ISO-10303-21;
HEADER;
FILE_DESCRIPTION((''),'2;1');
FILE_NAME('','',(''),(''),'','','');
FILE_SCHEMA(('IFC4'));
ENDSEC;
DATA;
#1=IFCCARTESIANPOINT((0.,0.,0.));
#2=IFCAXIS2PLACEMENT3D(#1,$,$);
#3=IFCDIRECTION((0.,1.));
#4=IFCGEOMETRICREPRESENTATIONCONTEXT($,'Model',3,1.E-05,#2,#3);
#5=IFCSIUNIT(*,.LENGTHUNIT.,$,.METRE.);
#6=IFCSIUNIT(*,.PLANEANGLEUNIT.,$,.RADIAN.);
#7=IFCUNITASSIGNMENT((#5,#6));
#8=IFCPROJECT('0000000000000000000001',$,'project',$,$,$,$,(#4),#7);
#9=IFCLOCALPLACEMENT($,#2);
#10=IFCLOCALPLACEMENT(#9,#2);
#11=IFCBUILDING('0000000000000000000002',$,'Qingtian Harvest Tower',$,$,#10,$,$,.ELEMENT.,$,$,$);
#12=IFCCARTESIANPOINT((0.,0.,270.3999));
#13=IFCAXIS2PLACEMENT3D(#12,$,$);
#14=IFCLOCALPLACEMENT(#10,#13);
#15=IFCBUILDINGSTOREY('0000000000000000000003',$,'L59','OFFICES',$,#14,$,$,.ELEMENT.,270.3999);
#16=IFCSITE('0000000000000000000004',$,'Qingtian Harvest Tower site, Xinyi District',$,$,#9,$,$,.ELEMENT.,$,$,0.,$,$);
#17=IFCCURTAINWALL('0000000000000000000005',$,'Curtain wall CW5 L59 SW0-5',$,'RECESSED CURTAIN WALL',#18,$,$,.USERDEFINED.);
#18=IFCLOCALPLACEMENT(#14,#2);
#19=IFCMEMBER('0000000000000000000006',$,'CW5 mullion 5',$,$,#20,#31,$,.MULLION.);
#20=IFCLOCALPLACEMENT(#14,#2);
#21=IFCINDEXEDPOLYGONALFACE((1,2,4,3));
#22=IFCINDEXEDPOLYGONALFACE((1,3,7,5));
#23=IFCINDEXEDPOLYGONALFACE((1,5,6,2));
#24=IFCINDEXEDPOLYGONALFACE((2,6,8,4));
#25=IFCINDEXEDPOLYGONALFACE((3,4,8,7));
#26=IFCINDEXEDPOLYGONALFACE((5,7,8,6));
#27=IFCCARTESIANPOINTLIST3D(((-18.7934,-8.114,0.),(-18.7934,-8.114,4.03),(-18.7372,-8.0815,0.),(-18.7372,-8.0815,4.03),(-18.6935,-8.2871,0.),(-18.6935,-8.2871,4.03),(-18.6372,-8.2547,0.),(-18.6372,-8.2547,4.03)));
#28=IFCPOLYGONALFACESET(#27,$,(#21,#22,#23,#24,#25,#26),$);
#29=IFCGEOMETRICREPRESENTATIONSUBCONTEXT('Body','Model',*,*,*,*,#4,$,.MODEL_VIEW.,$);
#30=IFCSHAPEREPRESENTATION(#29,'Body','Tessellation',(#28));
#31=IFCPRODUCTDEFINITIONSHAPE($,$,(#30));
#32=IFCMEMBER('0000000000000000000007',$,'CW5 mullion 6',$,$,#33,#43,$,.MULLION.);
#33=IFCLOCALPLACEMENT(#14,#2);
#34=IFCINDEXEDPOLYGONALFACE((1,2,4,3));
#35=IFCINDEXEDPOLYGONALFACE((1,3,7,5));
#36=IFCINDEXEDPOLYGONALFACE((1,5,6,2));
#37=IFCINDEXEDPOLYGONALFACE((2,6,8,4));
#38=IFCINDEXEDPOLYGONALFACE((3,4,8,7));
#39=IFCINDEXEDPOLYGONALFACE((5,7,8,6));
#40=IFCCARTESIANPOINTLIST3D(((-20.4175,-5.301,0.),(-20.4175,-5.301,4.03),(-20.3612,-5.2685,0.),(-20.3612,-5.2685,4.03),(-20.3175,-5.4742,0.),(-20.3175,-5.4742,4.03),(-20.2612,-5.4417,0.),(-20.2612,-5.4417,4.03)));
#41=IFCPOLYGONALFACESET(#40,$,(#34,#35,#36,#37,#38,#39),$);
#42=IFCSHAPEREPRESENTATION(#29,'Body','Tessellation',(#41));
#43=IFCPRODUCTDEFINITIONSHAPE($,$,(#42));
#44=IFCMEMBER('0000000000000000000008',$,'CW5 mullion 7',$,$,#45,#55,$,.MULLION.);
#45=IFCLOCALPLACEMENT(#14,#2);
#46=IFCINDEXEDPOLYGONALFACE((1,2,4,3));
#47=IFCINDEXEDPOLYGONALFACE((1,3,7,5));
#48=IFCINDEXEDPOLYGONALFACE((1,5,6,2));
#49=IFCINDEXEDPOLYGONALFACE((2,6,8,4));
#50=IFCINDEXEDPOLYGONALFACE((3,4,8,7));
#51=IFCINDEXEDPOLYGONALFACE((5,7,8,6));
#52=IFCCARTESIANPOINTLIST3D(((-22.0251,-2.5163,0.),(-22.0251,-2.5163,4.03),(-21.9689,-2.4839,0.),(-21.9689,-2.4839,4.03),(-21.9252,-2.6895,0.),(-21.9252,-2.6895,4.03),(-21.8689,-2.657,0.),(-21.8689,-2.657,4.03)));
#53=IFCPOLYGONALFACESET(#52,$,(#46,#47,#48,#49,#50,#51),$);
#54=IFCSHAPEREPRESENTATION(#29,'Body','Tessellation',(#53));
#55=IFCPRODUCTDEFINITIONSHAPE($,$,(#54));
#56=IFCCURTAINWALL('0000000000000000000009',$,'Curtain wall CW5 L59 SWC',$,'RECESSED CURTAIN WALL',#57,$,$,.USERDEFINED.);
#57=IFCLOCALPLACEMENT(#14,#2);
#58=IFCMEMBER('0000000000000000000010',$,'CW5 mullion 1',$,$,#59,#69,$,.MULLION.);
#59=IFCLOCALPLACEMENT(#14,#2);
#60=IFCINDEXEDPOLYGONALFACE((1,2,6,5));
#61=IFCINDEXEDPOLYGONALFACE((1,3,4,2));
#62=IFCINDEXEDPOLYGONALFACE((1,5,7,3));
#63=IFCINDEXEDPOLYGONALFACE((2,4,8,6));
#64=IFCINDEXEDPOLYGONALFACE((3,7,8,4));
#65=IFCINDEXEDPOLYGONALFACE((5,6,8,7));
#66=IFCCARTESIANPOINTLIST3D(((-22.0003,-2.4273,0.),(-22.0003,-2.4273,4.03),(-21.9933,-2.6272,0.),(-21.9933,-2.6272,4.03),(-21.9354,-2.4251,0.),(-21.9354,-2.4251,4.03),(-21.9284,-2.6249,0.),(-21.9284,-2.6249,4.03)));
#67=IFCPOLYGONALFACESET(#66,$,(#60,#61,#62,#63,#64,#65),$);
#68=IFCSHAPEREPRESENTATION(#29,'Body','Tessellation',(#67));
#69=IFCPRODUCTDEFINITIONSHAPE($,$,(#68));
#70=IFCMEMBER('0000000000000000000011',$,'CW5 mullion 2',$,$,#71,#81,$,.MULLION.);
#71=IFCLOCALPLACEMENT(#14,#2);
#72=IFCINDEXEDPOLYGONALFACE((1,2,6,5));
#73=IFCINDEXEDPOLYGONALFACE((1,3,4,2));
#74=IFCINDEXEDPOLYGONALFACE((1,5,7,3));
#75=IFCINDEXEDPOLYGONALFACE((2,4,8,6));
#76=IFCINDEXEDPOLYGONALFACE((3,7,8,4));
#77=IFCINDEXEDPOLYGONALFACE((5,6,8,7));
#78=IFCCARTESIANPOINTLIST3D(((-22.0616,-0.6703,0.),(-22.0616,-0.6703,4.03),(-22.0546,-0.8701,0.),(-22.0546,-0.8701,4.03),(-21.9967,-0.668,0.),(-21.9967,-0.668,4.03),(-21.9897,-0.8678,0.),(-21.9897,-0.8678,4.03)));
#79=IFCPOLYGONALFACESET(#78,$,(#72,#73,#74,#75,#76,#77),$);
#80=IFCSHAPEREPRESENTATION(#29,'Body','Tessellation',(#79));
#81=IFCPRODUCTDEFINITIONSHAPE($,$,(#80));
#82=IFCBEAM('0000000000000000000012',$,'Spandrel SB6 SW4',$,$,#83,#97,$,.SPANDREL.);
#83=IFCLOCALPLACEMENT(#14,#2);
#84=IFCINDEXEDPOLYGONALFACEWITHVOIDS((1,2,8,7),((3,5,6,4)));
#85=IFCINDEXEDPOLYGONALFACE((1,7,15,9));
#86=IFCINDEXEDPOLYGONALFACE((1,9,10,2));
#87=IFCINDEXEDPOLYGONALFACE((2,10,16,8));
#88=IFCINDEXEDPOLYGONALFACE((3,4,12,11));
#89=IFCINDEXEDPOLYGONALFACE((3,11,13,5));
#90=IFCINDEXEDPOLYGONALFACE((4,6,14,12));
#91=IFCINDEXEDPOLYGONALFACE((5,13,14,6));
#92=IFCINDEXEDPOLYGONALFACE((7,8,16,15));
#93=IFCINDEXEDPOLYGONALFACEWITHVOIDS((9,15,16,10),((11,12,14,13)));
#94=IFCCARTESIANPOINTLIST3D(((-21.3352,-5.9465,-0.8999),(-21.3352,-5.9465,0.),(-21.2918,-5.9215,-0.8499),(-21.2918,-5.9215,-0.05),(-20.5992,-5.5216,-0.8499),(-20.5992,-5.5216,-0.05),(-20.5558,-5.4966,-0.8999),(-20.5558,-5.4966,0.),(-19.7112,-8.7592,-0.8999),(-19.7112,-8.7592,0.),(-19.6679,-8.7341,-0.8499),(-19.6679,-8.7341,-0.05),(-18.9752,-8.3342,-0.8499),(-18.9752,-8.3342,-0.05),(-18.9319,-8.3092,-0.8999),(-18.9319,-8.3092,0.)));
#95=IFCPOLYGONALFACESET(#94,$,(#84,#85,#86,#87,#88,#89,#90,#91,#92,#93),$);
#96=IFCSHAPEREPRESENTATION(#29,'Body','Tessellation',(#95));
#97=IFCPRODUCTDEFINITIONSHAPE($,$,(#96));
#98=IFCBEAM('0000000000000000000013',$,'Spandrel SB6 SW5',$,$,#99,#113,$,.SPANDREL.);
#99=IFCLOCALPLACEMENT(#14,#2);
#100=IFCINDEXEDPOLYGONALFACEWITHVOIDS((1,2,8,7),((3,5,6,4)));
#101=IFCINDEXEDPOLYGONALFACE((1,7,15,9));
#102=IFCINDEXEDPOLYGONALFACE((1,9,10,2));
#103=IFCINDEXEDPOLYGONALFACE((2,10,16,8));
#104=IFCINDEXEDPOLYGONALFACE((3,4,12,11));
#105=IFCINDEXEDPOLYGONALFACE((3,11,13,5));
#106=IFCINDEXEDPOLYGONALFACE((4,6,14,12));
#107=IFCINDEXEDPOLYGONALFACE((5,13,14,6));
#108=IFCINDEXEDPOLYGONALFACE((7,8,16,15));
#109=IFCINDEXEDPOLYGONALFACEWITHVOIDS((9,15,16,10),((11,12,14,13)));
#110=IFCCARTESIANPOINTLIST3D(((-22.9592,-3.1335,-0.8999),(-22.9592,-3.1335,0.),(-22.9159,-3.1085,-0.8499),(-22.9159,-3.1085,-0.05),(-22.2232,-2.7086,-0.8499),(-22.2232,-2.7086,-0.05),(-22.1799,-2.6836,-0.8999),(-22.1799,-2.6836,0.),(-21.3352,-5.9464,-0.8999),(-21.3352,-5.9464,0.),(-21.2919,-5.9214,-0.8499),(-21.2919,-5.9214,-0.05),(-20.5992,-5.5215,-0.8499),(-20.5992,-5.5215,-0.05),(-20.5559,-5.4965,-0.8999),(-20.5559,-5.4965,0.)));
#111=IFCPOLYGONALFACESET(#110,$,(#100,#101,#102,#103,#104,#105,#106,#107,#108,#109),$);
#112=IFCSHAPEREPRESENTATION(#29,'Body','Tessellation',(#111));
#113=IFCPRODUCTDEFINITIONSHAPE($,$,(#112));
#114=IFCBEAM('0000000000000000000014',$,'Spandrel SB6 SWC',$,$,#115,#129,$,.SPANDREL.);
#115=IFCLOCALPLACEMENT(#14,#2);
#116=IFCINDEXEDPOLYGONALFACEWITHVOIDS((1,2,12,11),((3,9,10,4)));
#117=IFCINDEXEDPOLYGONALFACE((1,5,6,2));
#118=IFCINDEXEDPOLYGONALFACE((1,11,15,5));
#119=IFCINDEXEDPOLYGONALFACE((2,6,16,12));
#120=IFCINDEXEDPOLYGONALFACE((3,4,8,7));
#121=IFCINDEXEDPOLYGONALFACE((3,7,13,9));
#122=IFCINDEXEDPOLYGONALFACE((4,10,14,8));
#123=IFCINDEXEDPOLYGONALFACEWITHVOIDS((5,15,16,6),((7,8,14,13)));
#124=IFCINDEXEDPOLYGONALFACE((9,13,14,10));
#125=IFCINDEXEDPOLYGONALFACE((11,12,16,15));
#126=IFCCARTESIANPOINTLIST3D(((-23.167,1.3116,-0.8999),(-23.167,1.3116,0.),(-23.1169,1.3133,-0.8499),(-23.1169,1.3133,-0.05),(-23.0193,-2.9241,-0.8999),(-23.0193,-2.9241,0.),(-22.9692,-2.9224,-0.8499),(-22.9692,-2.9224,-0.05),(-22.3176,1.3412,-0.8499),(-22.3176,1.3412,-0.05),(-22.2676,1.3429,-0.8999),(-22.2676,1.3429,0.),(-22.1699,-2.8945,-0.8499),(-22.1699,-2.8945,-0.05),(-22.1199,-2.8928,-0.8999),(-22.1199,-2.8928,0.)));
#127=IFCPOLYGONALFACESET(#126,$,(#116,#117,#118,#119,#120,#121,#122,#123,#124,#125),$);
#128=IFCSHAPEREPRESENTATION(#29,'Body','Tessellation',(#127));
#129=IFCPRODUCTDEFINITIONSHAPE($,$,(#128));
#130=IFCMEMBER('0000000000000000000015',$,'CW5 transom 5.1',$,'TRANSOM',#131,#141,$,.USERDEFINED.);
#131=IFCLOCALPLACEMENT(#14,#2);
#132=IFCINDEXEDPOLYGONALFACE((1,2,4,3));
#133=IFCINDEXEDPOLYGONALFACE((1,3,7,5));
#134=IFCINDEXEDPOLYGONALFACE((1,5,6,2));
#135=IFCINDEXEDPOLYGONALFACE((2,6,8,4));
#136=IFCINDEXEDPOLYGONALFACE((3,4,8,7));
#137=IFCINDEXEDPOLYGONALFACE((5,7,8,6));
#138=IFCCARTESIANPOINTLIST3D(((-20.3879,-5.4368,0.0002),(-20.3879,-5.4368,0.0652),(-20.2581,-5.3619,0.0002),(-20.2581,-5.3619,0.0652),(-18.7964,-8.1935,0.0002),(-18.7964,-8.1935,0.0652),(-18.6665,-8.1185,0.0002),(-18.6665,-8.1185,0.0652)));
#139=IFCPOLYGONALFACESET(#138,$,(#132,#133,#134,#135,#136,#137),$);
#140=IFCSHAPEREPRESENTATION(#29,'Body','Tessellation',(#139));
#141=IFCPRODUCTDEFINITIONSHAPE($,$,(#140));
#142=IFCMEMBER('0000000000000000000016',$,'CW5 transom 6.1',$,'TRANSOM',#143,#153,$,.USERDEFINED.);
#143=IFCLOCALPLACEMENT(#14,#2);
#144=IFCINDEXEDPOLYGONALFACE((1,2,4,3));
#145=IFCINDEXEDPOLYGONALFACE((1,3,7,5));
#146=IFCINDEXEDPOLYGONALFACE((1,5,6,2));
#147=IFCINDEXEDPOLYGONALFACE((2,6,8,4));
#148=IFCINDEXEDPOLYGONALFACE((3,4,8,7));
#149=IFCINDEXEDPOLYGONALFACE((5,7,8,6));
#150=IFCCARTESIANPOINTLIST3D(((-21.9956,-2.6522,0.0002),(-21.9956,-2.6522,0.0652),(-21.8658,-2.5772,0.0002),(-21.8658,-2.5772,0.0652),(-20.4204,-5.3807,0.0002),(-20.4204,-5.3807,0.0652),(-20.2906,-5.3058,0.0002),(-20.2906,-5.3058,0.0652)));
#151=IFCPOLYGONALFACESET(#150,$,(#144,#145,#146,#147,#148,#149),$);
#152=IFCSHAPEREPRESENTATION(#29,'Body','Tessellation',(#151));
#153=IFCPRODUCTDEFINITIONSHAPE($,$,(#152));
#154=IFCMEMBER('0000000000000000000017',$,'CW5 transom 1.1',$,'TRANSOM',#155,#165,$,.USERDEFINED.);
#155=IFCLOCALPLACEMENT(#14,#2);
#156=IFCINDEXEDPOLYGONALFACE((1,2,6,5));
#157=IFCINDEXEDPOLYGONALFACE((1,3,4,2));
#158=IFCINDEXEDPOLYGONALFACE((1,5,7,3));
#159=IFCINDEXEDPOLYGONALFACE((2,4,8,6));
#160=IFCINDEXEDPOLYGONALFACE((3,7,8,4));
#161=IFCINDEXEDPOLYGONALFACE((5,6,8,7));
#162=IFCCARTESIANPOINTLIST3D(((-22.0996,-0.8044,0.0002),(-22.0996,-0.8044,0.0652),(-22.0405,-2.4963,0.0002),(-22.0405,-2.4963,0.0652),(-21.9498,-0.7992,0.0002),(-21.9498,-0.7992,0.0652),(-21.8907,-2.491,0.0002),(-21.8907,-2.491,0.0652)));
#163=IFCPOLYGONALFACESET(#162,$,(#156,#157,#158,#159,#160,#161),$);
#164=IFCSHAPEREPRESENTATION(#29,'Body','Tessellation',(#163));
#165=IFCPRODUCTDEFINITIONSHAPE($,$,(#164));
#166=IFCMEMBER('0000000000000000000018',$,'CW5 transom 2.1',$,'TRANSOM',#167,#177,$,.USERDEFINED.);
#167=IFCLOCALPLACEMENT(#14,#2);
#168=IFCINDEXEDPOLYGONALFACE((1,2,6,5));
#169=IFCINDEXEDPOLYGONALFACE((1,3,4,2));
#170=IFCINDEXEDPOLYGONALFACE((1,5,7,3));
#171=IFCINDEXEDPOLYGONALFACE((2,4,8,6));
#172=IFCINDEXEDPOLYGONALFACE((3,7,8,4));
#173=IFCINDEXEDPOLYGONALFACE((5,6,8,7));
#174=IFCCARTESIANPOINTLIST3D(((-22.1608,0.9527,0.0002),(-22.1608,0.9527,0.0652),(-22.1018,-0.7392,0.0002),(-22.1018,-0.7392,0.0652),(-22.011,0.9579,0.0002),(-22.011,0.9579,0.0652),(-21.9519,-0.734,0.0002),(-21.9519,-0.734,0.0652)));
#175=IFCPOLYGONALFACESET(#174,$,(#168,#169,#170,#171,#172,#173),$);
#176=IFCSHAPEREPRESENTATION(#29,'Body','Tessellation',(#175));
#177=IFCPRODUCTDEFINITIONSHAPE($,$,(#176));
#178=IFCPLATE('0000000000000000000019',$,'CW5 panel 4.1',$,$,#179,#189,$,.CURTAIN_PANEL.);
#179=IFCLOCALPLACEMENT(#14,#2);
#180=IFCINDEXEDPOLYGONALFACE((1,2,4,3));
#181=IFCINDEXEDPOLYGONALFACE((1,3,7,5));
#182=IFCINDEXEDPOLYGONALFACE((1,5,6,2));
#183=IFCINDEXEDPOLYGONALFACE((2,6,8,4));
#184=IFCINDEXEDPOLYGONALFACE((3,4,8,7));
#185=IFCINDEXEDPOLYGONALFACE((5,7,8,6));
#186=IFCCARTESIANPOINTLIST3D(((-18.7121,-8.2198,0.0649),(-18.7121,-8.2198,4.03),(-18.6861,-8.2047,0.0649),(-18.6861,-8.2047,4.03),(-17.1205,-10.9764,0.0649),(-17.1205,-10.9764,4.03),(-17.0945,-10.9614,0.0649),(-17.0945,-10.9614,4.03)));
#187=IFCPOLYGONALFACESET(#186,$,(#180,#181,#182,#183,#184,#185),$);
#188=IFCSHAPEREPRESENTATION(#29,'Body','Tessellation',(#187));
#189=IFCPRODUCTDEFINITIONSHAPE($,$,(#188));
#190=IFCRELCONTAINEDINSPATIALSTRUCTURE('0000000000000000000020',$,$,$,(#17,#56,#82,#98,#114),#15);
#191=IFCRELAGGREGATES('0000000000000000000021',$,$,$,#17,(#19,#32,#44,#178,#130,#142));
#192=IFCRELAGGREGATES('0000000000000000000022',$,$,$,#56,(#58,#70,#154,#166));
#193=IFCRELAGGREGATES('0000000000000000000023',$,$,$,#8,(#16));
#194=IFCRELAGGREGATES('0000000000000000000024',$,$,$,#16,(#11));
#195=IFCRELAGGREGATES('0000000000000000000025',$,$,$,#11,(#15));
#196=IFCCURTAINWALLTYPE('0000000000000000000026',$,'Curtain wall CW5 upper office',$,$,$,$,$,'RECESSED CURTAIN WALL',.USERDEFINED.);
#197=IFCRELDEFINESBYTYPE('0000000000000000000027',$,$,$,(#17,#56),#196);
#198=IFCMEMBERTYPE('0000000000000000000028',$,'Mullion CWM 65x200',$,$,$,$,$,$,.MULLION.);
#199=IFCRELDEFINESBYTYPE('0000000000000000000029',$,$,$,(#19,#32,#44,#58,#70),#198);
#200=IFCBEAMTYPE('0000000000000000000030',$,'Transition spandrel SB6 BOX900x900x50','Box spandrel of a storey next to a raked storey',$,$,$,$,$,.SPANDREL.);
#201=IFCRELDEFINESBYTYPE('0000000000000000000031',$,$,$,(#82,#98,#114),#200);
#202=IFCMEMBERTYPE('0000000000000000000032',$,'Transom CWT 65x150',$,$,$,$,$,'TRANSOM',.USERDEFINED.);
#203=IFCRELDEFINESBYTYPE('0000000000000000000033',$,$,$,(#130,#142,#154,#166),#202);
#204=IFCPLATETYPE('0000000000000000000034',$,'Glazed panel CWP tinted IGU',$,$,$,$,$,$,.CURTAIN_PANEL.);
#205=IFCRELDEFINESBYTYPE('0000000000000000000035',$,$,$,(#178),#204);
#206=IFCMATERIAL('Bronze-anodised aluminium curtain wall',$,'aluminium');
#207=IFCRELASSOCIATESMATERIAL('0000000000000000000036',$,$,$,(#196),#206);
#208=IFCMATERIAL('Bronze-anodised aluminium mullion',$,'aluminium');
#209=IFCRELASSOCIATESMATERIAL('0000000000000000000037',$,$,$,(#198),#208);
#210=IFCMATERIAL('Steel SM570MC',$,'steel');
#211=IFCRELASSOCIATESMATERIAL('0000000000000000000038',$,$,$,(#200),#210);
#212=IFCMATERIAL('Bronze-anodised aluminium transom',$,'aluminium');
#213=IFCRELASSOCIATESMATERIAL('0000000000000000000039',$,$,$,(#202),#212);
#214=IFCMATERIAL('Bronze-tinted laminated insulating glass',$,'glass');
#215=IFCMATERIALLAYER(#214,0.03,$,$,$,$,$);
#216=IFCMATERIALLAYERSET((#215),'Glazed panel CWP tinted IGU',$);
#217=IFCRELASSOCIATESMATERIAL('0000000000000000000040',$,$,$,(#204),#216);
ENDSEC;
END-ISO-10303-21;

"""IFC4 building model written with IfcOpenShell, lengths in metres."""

from ifc_helpers import new_model, si_unit, direction, frame, origin, origin_2d, place, context, subcontext, project, spatial, rectangle, hollow_rectangle, extrude, material, layer, layer_set, material_profile, profile_set, type_object, element, aggregate, save


model = new_model("IFC4")

# Units and contexts
model_context = context("Model", 3, precision=1e-05, world=origin(), true_north=direction((0.0, 1.0)))
body_context = subcontext(model_context, "Body", "Model", "MODEL_VIEW")
ifc_project = project(units=[si_unit("LENGTHUNIT", "METRE"), si_unit("PLANEANGLEUNIT", "RADIAN")], contexts=[model_context])

# Site, building, storey
site_placement = place(None, origin())
site = spatial("IfcSite", under=ifc_project, at=site_placement, Name="Qingtian Harvest Tower site, Xinyi District", CompositionType="ELEMENT", RefElevation=0.0)
building_placement = place(site_placement, origin())
building = spatial("IfcBuilding", under=site, at=building_placement, Name="Qingtian Harvest Tower", CompositionType="ELEMENT")
storey_placement = place(building_placement, frame((0.0, 0.0, 270.3999)))
storey = spatial("IfcBuildingStorey", under=building, at=storey_placement, Name="L59", Description="OFFICES", CompositionType="ELEMENT", Elevation=270.3999)

# Curtain walls, members
ifc_material_1 = material(Name="Bronze-anodised aluminium curtain wall", Category="aluminium")
curtain_wall_type = type_object("IfcCurtainWallType", Name="Curtain wall CW5 upper office", ElementType="RECESSED CURTAIN WALL", PredefinedType="USERDEFINED", material=ifc_material_1)
curtain_wall_1_placement = place(storey_placement, origin())
curtain_wall_1 = element("IfcCurtainWall", 1, at=curtain_wall_1_placement, inside=storey, type_object=curtain_wall_type, Name="Curtain wall CW5 L59 SW0-5", ObjectType="RECESSED CURTAIN WALL", PredefinedType="USERDEFINED")
ifc_material_2 = material(Name="Bronze-anodised aluminium mullion", Category="aluminium")
ifc_material_profile_1 = material_profile(ifc_material_2, rectangle(XDim=0.0649, YDim=0.2, at=origin_2d()), Name="AL 65x200")
ifc_profile_set_1 = profile_set([ifc_material_profile_1], Name="Bronze-anodised aluminium mullion")
member_type_1 = type_object("IfcMemberType", Name="Mullion CWM 65x200", PredefinedType="MULLION", material=ifc_profile_set_1)
member_1_placement = place(storey_placement, frame((-18.7153, -8.1843, 0.0), z_axis=(0.0, 0.0, 1.0), x_axis=(-0.866025, -0.5, 0.0)))
member_1 = element("IfcMember", 2, at=member_1_placement, type_object=member_type_1, Name="CW5 mullion 5", PredefinedType="MULLION", context=body_context, shape_type="SweptSolid", body=[
    extrude(rectangle(XDim=0.0649, YDim=0.2, at=origin_2d()), origin(), (0.0, 0.0, 1.0), 4.03),
])
member_2_placement = place(storey_placement, frame((-20.3394, -5.3713, 0.0), z_axis=(0.0, 0.0, 1.0), x_axis=(-0.866025, -0.5, 0.0)))
member_2 = element("IfcMember", 3, at=member_2_placement, type_object=member_type_1, Name="CW5 mullion 6", PredefinedType="MULLION", context=body_context, shape_type="SweptSolid", body=[
    extrude(rectangle(XDim=0.0649, YDim=0.2, at=origin_2d()), origin(), (0.0, 0.0, 1.0), 4.03),
])
member_3_placement = place(storey_placement, frame((-21.947, -2.5867, 0.0), z_axis=(0.0, 0.0, 1.0), x_axis=(-0.866025, -0.5, 0.0)))
member_3 = element("IfcMember", 4, at=member_3_placement, type_object=member_type_1, Name="CW5 mullion 7", PredefinedType="MULLION", context=body_context, shape_type="SweptSolid", body=[
    extrude(rectangle(XDim=0.0649, YDim=0.2, at=origin_2d()), origin(), (0.0, 0.0, 1.0), 4.03),
])
curtain_wall_2_placement = place(storey_placement, origin())
curtain_wall_2 = element("IfcCurtainWall", 5, at=curtain_wall_2_placement, inside=storey, type_object=curtain_wall_type, Name="Curtain wall CW5 L59 SWC", ObjectType="RECESSED CURTAIN WALL", PredefinedType="USERDEFINED")
member_4_placement = place(storey_placement, frame((-21.9644, -2.5261, 0.0), z_axis=(0.0, 0.0, 1.0), x_axis=(-0.999391, -0.034899, 0.0)))
member_4 = element("IfcMember", 6, at=member_4_placement, type_object=member_type_1, Name="CW5 mullion 1", PredefinedType="MULLION", context=body_context, shape_type="SweptSolid", body=[
    extrude(rectangle(XDim=0.0649, YDim=0.2, at=origin_2d()), origin(), (0.0, 0.0, 1.0), 4.03),
])
member_5_placement = place(storey_placement, frame((-22.0256, -0.769, 0.0), z_axis=(0.0, 0.0, 1.0), x_axis=(-0.999391, -0.034899, 0.0)))
member_5 = element("IfcMember", 7, at=member_5_placement, type_object=member_type_1, Name="CW5 mullion 2", PredefinedType="MULLION", context=body_context, shape_type="SweptSolid", body=[
    extrude(rectangle(XDim=0.0649, YDim=0.2, at=origin_2d()), origin(), (0.0, 0.0, 1.0), 4.03),
])

# Beams
ifc_material_3 = material(Name="Steel SM570MC", Category="steel")
ifc_material_profile_2 = material_profile(ifc_material_3, hollow_rectangle(XDim=0.8999, YDim=0.8999, WallThickness=0.05, at=origin_2d()), Name="BOX900x900x50")
ifc_profile_set_2 = profile_set([ifc_material_profile_2], Name="Steel SM570MC")
beam_type_1 = type_object("IfcBeamType", Name="Transition spandrel SB6 BOX900x900x50", Description="Box spandrel of a storey next to a raked storey", PredefinedType="SPANDREL", material=ifc_profile_set_2)
beam_1_placement = place(storey_placement, frame((-19.3215, -8.5342, -0.45), z_axis=(-0.50002, 0.866014, 0.0), x_axis=(-0.866014, -0.50002, 0.0)))
element("IfcBeam", 8, at=beam_1_placement, inside=storey, type_object=beam_type_1, Name="Spandrel SB6 SW4", PredefinedType="SPANDREL", context=body_context, shape_type="SweptSolid", body=[
    extrude(hollow_rectangle(XDim=0.8999, YDim=0.8999, WallThickness=0.05, at=origin_2d()), origin(), (0.0, 0.0, 1.0), 3.2478),
])
beam_2_placement = place(storey_placement, frame((-20.9456, -5.7214, -0.45), z_axis=(-0.499987, 0.866033, 0.0), x_axis=(-0.866033, -0.499987, 0.0)))
element("IfcBeam", 9, at=beam_2_placement, inside=storey, type_object=beam_type_1, Name="Spandrel SB6 SW5", PredefinedType="SPANDREL", context=body_context, shape_type="SweptSolid", body=[
    extrude(hollow_rectangle(XDim=0.8999, YDim=0.8999, WallThickness=0.05, at=origin_2d()), origin(), (0.0, 0.0, 1.0), 3.248),
])
beam_3_placement = place(storey_placement, frame((-22.5696, -2.9084, -0.45), z_axis=(-0.034851, 0.999393, 0.0), x_axis=(-0.999393, -0.034851, 0.0)))
element("IfcBeam", 10, at=beam_3_placement, inside=storey, type_object=beam_type_1, Name="Spandrel SB6 SWC", PredefinedType="SPANDREL", context=body_context, shape_type="SweptSolid", body=[
    extrude(hollow_rectangle(XDim=0.8999, YDim=0.8999, WallThickness=0.05, at=origin_2d()), origin(), (0.0, 0.0, 1.0), 4.2383),
])

# Members
ifc_material_4 = material(Name="Bronze-anodised aluminium transom", Category="aluminium")
ifc_material_profile_3 = material_profile(ifc_material_4, rectangle(XDim=0.1499, YDim=0.0649, at=origin_2d()), Name="AL 65x150")
ifc_profile_set_3 = profile_set([ifc_material_profile_3], Name="Bronze-anodised aluminium transom")
member_type_2 = type_object("IfcMemberType", Name="Transom CWT 65x150", ElementType="TRANSOM", PredefinedType="USERDEFINED", material=ifc_profile_set_3)
member_6_placement = place(storey_placement, frame((-18.7314, -8.156, 0.0327), z_axis=(-0.500008, 0.866021, 0.0), x_axis=(-0.866021, -0.500008, 0.0)))
member_6 = element("IfcMember", 11, at=member_6_placement, type_object=member_type_2, Name="CW5 transom 5.1", ObjectType="TRANSOM", PredefinedType="USERDEFINED", context=body_context, shape_type="SweptSolid", body=[
    extrude(rectangle(XDim=0.1499, YDim=0.0649, at=origin_2d()), origin(), (0.0, 0.0, 1.0), 3.1831),
])
member_7_placement = place(storey_placement, frame((-20.3555, -5.3433, 0.0327), z_axis=(-0.499973, 0.866041, 0.0), x_axis=(-0.866041, -0.499973, 0.0)))
member_7 = element("IfcMember", 12, at=member_7_placement, type_object=member_type_2, Name="CW5 transom 6.1", ObjectType="TRANSOM", PredefinedType="USERDEFINED", context=body_context, shape_type="SweptSolid", body=[
    extrude(rectangle(XDim=0.1499, YDim=0.0649, at=origin_2d()), origin(), (0.0, 0.0, 1.0), 3.1506),
])
member_8_placement = place(storey_placement, frame((-21.9656, -2.4937, 0.0327), z_axis=(-0.034899, 0.999391, 0.0), x_axis=(-0.999391, -0.034899, 0.0)))
member_8 = element("IfcMember", 13, at=member_8_placement, type_object=member_type_2, Name="CW5 transom 1.1", ObjectType="TRANSOM", PredefinedType="USERDEFINED", context=body_context, shape_type="SweptSolid", body=[
    extrude(rectangle(XDim=0.1499, YDim=0.0649, at=origin_2d()), origin(), (0.0, 0.0, 1.0), 1.6929),
])
member_9_placement = place(storey_placement, frame((-22.0269, -0.7366, 0.0327), z_axis=(-0.034899, 0.999391, 0.0), x_axis=(-0.999391, -0.034899, 0.0)))
member_9 = element("IfcMember", 14, at=member_9_placement, type_object=member_type_2, Name="CW5 transom 2.1", ObjectType="TRANSOM", PredefinedType="USERDEFINED", context=body_context, shape_type="SweptSolid", body=[
    extrude(rectangle(XDim=0.1499, YDim=0.0649, at=origin_2d()), origin(), (0.0, 0.0, 1.0), 1.6929),
])

# Plate
ifc_material_5 = material(Name="Bronze-tinted laminated insulating glass", Category="glass")
ifc_layer_1 = layer(ifc_material_5, 0.03)
ifc_layer_set_1 = layer_set([ifc_layer_1], Name="Glazed panel CWP tinted IGU")
plate_type = type_object("IfcPlateType", Name="Glazed panel CWP tinted IGU", PredefinedType="CURTAIN_PANEL", material=ifc_layer_set_1)
plate_1_placement = place(storey_placement, frame((-17.9033, -9.5906, 0.0649), z_axis=(0.0, 0.0, 1.0), x_axis=(-0.5, 0.866025, 0.0)))
plate_1 = element("IfcPlate", 15, at=plate_1_placement, type_object=plate_type, Name="CW5 panel 4.1", PredefinedType="CURTAIN_PANEL", context=body_context, shape_type="SweptSolid", body=[
    extrude(rectangle(XDim=3.1831, YDim=0.03, at=origin_2d()), origin(), (0.0, 0.0, 1.0), 3.9651),
])
aggregate(curtain_wall_1, [member_1, member_2, member_3, plate_1, member_6, member_7])
aggregate(curtain_wall_2, [member_4, member_5, member_8, member_9])

save(model, "model.ifc")
